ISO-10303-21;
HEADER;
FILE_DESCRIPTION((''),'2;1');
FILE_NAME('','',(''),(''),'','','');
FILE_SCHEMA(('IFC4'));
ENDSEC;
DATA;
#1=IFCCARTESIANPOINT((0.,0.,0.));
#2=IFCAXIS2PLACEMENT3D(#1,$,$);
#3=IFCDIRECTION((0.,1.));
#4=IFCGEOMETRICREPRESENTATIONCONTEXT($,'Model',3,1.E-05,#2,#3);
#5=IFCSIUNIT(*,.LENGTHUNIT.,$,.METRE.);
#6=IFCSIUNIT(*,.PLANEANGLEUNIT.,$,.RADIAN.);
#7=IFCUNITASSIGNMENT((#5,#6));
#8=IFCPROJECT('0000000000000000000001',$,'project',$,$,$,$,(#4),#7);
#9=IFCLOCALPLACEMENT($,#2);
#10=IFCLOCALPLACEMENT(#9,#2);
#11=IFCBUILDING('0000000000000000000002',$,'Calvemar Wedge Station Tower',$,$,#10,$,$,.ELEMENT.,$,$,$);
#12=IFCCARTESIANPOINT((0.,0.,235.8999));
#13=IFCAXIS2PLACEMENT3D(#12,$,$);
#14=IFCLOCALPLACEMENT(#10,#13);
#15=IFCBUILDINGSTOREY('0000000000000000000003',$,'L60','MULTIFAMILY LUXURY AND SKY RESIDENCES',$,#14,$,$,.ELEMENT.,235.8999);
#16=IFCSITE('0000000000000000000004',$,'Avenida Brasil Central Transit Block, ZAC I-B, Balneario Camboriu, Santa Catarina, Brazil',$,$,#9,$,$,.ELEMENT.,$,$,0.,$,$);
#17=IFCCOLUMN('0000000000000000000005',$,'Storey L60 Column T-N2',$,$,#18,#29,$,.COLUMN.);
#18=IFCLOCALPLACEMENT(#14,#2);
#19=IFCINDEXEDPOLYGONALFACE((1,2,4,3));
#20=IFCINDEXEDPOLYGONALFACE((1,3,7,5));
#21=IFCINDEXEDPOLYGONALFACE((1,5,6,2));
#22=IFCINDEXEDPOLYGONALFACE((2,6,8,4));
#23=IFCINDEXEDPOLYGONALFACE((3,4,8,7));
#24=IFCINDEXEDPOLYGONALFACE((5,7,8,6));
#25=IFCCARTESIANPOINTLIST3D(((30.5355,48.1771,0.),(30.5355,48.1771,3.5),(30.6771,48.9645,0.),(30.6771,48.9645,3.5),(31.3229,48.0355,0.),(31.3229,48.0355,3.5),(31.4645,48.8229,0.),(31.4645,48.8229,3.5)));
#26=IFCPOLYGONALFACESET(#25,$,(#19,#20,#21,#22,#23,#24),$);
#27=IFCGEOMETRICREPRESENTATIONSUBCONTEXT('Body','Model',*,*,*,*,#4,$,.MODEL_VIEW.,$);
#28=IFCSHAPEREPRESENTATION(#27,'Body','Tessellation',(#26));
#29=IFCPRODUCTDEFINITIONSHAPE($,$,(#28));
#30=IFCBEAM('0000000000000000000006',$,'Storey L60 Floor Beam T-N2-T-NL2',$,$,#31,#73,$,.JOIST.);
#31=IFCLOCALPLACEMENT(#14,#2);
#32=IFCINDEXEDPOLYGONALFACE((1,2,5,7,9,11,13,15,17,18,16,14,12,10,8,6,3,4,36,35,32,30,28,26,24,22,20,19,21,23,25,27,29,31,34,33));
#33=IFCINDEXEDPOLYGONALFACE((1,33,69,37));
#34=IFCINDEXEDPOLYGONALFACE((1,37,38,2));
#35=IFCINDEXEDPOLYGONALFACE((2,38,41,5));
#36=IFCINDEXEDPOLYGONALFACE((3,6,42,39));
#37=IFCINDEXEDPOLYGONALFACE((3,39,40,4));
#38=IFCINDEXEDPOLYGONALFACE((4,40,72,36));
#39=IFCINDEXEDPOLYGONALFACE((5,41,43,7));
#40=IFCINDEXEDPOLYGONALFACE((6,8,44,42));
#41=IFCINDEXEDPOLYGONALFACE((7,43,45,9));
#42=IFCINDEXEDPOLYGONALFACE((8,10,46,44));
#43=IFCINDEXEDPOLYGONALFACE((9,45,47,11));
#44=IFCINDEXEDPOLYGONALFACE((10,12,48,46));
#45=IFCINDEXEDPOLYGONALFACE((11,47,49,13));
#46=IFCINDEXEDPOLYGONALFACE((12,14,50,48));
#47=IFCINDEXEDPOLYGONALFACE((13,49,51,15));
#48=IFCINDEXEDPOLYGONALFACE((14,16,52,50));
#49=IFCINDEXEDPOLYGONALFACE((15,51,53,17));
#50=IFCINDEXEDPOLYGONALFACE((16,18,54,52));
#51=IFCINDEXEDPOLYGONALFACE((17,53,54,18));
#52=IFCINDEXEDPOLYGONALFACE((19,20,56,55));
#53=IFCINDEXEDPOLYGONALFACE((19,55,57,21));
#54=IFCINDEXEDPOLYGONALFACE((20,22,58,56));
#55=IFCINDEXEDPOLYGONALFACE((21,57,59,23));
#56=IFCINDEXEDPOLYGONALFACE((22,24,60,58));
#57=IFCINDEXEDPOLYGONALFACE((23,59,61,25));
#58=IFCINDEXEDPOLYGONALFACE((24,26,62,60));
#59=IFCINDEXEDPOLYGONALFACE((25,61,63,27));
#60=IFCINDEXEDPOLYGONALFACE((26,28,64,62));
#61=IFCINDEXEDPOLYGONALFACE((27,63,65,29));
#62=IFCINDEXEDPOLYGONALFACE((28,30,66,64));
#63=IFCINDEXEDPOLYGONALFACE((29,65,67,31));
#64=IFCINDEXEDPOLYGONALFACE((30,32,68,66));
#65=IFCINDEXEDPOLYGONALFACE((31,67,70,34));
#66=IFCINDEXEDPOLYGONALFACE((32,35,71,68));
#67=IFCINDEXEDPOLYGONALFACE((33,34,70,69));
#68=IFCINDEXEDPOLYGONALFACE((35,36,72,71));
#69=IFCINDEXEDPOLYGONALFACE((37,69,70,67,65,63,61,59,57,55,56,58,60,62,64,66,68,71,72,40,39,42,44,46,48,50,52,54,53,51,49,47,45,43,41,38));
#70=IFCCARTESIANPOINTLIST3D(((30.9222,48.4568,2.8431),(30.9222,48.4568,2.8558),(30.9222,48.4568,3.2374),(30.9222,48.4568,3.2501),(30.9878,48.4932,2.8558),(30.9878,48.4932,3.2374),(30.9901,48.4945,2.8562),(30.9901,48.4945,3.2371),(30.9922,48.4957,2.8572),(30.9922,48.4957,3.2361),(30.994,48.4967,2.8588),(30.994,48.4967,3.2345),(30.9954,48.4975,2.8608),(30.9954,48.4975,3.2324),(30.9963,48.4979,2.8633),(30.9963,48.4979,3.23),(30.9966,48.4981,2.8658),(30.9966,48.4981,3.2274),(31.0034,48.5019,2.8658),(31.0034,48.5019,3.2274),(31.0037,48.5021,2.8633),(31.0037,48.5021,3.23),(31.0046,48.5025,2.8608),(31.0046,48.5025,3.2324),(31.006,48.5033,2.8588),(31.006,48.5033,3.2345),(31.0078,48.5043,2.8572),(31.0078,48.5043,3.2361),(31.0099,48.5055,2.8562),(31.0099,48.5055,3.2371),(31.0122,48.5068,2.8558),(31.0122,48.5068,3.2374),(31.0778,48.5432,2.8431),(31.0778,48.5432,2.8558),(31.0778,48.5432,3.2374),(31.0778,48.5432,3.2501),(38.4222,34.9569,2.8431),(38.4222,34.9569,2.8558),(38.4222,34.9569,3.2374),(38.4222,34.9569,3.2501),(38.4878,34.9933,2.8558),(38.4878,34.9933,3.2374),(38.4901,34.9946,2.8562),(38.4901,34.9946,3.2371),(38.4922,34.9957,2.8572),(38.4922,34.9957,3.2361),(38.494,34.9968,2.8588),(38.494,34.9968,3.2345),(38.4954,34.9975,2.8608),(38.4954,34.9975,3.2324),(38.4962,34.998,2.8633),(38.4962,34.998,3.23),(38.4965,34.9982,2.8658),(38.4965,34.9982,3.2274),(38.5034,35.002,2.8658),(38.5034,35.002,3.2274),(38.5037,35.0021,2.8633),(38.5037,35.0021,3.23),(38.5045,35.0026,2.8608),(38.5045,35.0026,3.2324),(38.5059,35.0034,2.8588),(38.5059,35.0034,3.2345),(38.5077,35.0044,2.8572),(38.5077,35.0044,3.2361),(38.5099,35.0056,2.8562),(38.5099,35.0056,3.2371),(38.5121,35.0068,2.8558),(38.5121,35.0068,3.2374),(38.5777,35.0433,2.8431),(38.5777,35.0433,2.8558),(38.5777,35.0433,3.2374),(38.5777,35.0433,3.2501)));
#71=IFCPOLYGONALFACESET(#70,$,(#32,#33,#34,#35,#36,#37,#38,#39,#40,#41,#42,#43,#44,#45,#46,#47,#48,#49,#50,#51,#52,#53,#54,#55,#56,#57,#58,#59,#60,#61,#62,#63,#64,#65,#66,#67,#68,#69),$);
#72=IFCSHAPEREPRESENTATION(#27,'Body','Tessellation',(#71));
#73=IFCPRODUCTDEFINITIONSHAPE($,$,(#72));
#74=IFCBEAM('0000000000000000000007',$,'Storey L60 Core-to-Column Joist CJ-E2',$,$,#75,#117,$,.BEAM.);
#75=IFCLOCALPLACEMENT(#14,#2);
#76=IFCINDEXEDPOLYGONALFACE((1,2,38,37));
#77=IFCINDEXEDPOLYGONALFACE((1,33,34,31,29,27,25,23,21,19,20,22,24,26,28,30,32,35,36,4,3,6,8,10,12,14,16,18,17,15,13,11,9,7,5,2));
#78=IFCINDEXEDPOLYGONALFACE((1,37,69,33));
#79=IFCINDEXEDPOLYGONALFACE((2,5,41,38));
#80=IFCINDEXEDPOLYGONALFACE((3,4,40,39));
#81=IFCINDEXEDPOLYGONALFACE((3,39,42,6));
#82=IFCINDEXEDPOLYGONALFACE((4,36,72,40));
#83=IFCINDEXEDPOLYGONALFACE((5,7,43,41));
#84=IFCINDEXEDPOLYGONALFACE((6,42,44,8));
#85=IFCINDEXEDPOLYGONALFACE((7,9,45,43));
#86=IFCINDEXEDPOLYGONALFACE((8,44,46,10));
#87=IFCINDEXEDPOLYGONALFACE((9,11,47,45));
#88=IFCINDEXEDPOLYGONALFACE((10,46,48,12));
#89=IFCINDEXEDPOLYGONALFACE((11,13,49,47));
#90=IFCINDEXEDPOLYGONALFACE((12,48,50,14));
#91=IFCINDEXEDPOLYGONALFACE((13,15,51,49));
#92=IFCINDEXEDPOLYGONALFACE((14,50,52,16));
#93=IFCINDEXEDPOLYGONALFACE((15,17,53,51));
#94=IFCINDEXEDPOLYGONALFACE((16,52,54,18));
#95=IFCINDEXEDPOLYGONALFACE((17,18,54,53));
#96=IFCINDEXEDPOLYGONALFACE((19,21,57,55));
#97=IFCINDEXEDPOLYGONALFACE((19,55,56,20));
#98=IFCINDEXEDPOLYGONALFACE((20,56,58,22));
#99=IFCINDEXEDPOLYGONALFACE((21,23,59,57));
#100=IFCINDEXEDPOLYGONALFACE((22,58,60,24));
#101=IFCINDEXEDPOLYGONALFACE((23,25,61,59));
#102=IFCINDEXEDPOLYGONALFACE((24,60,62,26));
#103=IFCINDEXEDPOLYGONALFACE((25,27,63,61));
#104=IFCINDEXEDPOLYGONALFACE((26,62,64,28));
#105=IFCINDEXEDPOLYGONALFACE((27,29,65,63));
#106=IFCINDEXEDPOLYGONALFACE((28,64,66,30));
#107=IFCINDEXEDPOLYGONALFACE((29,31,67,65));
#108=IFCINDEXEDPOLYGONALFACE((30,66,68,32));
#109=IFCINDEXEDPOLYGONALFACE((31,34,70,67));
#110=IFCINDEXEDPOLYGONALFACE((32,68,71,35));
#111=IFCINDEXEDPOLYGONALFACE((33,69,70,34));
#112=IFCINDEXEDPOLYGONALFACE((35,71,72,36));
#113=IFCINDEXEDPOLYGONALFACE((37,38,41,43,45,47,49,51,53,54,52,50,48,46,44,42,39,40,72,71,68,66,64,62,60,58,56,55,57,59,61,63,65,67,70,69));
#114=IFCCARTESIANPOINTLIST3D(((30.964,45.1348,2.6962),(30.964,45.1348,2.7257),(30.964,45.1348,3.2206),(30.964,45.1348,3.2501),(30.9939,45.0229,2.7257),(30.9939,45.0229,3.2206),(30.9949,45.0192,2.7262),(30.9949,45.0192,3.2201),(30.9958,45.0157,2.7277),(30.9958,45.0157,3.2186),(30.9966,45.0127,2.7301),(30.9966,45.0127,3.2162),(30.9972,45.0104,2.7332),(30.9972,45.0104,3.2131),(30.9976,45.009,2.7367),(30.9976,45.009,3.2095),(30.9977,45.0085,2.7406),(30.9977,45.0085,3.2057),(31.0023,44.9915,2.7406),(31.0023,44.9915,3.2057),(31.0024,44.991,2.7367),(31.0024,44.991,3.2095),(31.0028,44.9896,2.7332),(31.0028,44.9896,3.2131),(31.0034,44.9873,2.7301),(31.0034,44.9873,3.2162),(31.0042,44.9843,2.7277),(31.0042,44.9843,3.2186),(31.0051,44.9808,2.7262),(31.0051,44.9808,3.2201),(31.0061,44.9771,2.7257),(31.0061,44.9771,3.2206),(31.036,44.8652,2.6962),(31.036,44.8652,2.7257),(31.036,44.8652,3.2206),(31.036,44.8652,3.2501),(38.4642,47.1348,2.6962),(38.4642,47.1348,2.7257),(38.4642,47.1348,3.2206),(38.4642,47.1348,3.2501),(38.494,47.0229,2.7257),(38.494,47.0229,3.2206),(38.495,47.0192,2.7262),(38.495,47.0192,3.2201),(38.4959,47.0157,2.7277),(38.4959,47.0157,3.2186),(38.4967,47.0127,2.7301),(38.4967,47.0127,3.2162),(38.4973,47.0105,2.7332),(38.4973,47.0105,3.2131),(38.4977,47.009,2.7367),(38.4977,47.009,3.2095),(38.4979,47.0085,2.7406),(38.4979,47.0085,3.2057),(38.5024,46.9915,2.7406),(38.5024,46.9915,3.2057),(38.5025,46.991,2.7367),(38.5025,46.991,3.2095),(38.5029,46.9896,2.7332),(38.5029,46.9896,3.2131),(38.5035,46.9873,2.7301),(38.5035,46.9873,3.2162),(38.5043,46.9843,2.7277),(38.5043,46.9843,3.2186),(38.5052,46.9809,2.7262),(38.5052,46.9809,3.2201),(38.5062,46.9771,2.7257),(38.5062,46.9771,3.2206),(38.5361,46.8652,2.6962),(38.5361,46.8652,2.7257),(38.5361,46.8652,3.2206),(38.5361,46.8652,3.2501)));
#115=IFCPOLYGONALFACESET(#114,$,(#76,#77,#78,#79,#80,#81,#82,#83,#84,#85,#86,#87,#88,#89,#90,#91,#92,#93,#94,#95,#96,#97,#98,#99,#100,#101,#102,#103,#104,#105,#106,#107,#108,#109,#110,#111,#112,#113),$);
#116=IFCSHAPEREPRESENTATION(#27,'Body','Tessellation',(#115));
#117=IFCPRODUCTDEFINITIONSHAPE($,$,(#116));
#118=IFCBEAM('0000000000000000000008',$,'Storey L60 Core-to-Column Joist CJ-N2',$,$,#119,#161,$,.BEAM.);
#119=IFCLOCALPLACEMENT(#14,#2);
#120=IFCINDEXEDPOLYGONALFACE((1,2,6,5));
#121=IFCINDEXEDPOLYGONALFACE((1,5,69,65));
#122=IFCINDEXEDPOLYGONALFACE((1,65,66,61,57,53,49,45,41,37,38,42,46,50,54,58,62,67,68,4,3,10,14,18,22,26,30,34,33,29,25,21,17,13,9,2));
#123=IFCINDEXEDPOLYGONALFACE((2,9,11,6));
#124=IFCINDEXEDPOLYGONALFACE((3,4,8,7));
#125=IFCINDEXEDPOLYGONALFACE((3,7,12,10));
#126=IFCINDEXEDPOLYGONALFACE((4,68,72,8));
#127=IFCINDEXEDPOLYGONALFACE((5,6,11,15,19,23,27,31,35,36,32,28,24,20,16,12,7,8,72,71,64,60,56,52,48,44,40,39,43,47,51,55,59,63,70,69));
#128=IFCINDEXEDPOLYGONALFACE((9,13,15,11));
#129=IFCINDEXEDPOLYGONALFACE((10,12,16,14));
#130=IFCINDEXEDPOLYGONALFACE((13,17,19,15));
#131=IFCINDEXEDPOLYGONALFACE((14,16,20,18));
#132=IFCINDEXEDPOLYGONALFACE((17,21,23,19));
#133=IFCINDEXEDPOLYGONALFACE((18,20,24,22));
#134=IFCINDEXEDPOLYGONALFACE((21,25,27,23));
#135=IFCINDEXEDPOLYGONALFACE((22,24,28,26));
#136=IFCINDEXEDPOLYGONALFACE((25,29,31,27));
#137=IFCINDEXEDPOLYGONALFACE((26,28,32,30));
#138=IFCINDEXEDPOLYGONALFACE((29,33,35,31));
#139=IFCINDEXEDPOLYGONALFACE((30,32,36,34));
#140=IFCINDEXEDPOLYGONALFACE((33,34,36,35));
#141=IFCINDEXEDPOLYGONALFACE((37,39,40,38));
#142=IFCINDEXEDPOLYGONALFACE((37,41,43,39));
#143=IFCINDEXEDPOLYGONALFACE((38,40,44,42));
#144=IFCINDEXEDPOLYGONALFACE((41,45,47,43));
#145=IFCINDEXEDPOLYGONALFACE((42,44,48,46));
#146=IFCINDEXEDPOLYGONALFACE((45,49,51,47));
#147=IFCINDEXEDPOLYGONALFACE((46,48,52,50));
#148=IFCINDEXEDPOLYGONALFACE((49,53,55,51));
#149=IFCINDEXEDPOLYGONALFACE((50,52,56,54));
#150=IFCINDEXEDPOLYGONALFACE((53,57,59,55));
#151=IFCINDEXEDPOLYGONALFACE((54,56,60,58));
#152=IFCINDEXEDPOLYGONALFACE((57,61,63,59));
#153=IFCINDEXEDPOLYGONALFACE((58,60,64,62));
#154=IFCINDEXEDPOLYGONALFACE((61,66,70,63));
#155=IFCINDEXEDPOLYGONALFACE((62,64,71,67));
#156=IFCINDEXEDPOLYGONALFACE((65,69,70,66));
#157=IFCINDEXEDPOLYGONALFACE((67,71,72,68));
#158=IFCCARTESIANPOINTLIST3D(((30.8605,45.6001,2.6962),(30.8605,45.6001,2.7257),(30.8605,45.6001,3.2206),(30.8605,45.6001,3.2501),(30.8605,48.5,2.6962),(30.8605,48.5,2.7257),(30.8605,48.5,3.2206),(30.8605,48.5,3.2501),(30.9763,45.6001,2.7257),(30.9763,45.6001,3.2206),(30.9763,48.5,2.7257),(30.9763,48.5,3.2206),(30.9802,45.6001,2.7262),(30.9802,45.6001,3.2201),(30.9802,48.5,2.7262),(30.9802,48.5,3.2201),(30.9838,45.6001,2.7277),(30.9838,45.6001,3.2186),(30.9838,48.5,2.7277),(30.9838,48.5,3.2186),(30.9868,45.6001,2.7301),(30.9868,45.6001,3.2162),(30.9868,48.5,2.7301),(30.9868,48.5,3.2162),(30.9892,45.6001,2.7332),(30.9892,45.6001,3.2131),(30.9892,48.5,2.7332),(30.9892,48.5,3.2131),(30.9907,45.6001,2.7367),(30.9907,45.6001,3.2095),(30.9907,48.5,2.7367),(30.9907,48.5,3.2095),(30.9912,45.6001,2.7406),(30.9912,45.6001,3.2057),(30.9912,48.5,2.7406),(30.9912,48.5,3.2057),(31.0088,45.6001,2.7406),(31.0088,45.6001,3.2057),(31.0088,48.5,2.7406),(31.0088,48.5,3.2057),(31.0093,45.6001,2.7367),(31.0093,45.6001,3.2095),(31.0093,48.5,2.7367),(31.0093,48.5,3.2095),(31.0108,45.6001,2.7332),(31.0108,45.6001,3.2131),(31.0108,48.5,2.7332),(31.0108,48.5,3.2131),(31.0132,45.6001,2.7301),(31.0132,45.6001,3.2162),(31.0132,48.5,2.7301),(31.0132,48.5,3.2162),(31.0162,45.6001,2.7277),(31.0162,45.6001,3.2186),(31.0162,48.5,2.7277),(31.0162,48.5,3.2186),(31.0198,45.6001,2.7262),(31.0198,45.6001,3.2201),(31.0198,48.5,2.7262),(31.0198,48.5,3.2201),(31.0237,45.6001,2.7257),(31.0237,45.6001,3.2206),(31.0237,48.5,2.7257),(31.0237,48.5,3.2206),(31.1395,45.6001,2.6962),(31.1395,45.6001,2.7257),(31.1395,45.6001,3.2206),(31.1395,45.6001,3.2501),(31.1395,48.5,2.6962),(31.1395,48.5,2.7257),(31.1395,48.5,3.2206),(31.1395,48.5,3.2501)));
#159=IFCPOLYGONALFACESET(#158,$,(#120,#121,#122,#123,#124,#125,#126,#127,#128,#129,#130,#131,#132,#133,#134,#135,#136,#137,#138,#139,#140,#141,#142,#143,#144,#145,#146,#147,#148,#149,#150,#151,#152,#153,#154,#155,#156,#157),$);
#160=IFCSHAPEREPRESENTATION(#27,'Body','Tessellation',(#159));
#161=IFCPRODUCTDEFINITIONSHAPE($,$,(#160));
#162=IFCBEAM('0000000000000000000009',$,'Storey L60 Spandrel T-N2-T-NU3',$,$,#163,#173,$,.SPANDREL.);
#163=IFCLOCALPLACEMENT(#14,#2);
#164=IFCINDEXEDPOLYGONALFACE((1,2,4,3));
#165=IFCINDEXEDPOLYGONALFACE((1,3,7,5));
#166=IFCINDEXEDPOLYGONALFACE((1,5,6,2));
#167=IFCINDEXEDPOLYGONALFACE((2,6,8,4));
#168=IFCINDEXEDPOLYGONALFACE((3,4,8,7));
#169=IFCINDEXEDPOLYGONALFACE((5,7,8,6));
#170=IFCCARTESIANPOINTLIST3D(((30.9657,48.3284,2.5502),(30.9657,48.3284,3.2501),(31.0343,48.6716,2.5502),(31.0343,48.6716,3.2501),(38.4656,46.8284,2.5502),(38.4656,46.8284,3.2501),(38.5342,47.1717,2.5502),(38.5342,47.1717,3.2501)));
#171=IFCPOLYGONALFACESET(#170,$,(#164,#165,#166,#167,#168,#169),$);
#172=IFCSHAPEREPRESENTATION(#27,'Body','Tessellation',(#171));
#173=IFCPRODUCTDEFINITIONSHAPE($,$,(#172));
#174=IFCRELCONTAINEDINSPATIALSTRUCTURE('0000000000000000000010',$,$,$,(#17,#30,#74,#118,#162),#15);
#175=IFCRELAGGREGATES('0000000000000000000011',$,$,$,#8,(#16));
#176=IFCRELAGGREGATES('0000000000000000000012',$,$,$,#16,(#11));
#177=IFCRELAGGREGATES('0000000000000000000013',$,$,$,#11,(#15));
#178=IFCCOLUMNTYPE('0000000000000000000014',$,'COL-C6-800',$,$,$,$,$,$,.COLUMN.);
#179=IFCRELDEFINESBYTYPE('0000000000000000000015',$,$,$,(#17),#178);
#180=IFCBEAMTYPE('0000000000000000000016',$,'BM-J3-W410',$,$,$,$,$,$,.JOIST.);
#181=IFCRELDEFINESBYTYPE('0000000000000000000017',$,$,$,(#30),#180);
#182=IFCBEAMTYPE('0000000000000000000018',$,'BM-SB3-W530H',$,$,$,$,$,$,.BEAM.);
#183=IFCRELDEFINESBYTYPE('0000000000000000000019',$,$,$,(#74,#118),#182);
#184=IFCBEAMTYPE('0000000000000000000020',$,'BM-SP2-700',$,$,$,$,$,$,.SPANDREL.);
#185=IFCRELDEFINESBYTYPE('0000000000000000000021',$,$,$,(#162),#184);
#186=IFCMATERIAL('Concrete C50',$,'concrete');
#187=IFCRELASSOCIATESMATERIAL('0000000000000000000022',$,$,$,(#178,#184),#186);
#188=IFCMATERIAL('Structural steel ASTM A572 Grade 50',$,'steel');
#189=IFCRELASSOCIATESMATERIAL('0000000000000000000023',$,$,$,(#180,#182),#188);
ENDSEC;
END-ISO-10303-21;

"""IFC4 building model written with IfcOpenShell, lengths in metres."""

from ifc_helpers import new_model, si_unit, direction, frame, origin, origin_2d, place, context, subcontext, project, spatial, rectangle, i_section, extrude, source, transform, mapped, material, material_profile, profile_set, type_object, element, save


model = new_model("IFC4")

# Units and contexts
model_context = context("Model", 3, precision=1e-05, world=origin(), true_north=direction((0.0, 1.0)))
body_context = subcontext(model_context, "Body", "Model", "MODEL_VIEW")
ifc_project = project(units=[si_unit("LENGTHUNIT", "METRE"), si_unit("PLANEANGLEUNIT", "RADIAN")], contexts=[model_context])

# Site, building, storey
site_placement = place(None, origin())
site = spatial("IfcSite", under=ifc_project, at=site_placement, Name="Avenida Brasil Central Transit Block, ZAC I-B, Balneario Camboriu, Santa Catarina, Brazil", CompositionType="ELEMENT", RefElevation=0.0)
building_placement = place(site_placement, origin())
building = spatial("IfcBuilding", under=site, at=building_placement, Name="Calvemar Wedge Station Tower", CompositionType="ELEMENT")
storey_placement = place(building_placement, frame((0.0, 0.0, 235.8999)))
storey = spatial("IfcBuildingStorey", under=building, at=storey_placement, Name="L60", Description="MULTIFAMILY LUXURY AND SKY RESIDENCES", CompositionType="ELEMENT", Elevation=235.8999)

# Column
ifc_material_1 = material(Name="Concrete C50", Category="concrete")
ifc_material_profile_1 = material_profile(ifc_material_1, rectangle(XDim=0.8, YDim=0.8, at=origin_2d()), Name="RC800x800")
ifc_profile_set_1 = profile_set([ifc_material_profile_1], Name="Concrete C50")
column_type = type_object("IfcColumnType", Name="COL-C6-800", PredefinedType="COLUMN", material=ifc_profile_set_1)
shared_shape_1 = source(origin(), body_context, "Body", "SweptSolid", [
    extrude(rectangle(XDim=0.8, YDim=0.8, at=origin_2d()), origin(), (0.0, 0.0, 1.0), 3.5),
])
column_placement = place(storey_placement, frame((31.0, 48.5, 0.0), z_axis=(0.0, 0.0, 1.0), x_axis=(0.984196, -0.177085, 0.0)))
element("IfcColumn", 1, at=column_placement, inside=storey, type_object=column_type, Name="Storey L60 Column T-N2", PredefinedType="COLUMN", context=body_context, shape_type="MappedRepresentation", body=[
    mapped(shared_shape_1, transform((0.0, 0.0, 0.0), scale=1.0)),
])

# Beams
ifc_material_2 = material(Name="Structural steel ASTM A572 Grade 50", Category="steel")
ifc_material_profile_2 = material_profile(ifc_material_2, i_section(OverallWidth=0.178, OverallDepth=0.407, WebThickness=0.0078, FlangeThickness=0.0127, FilletRadius=0.01, at=origin_2d()), Name="W410x60")
ifc_profile_set_2 = profile_set([ifc_material_profile_2], Name="Structural steel ASTM A572 Grade 50")
beam_type_1 = type_object("IfcBeamType", Name="BM-J3-W410", PredefinedType="JOIST", material=ifc_profile_set_2)
shared_shape_2 = source(origin(), body_context, "Body", "SweptSolid", [
    extrude(i_section(OverallWidth=0.178, OverallDepth=0.407, WebThickness=0.0078, FlangeThickness=0.0127, FilletRadius=0.01, at=origin_2d()), origin(), (0.0, 0.0, 1.0), 15.4434),
])
beam_1_placement = place(storey_placement, frame((31.0, 48.5, 3.0466), z_axis=(0.485643, -0.874157, 0.0), x_axis=(0.874157, 0.485643, 0.0)))
element("IfcBeam", 2, at=beam_1_placement, inside=storey, type_object=beam_type_1, Name="Storey L60 Floor Beam T-N2-T-NL2", PredefinedType="JOIST", context=body_context, shape_type="MappedRepresentation", body=[
    mapped(shared_shape_2, transform((0.0, 0.0, 0.0), scale=1.0)),
])
ifc_material_profile_3 = material_profile(ifc_material_2, i_section(OverallWidth=0.2791, OverallDepth=0.554, WebThickness=0.0176, FlangeThickness=0.0295, FilletRadius=0.0149, at=origin_2d()), Name="W530x196")
ifc_profile_set_3 = profile_set([ifc_material_profile_3], Name="Structural steel ASTM A572 Grade 50")
beam_type_2 = type_object("IfcBeamType", Name="BM-SB3-W530H", PredefinedType="BEAM", material=ifc_profile_set_3)
shared_shape_3 = source(origin(), body_context, "Body", "SweptSolid", [
    extrude(i_section(OverallWidth=0.2791, OverallDepth=0.554, WebThickness=0.0176, FlangeThickness=0.0295, FilletRadius=0.0149, at=origin_2d()), origin(), (0.0, 0.0, 1.0), 7.7622),
])
beam_2_placement = place(storey_placement, frame((31.0, 45.0, 2.9731), z_axis=(0.966235, 0.257663, 0.0), x_axis=(-0.257663, 0.966235, 0.0)))
element("IfcBeam", 3, at=beam_2_placement, inside=storey, type_object=beam_type_2, Name="Storey L60 Core-to-Column Joist CJ-E2", PredefinedType="BEAM", context=body_context, shape_type="MappedRepresentation", body=[
    mapped(shared_shape_3, transform((0.0, 0.0, 0.0), scale=1.0)),
])
shared_shape_4 = source(origin(), body_context, "Body", "SweptSolid", [
    extrude(i_section(OverallWidth=0.2791, OverallDepth=0.554, WebThickness=0.0176, FlangeThickness=0.0295, FilletRadius=0.0149, at=origin_2d()), origin(), (0.0, 0.0, 1.0), 2.8999),
])
beam_3_placement = place(storey_placement, frame((31.0, 45.6001, 2.9731), z_axis=(0.0, 1.0, 0.0), x_axis=(-1.0, 0.0, 0.0)))
element("IfcBeam", 4, at=beam_3_placement, inside=storey, type_object=beam_type_2, Name="Storey L60 Core-to-Column Joist CJ-N2", PredefinedType="BEAM", context=body_context, shape_type="MappedRepresentation", body=[
    mapped(shared_shape_4, transform((0.0, 0.0, 0.0), scale=1.0)),
])
ifc_material_profile_4 = material_profile(ifc_material_1, rectangle(XDim=0.3501, YDim=0.7, at=origin_2d()), Name="RC350x700")
ifc_profile_set_4 = profile_set([ifc_material_profile_4], Name="Concrete C50")
beam_type_3 = type_object("IfcBeamType", Name="BM-SP2-700", PredefinedType="SPANDREL", material=ifc_profile_set_4)
shared_shape_5 = source(origin(), body_context, "Body", "SweptSolid", [
    extrude(rectangle(XDim=0.3501, YDim=0.7, at=origin_2d()), origin(), (0.0, 0.0, 1.0), 7.6484),
])
beam_4_placement = place(storey_placement, frame((31.0, 48.5, 2.9001), z_axis=(0.980581, -0.196116, 0.0), x_axis=(0.196116, 0.980581, 0.0)))
element("IfcBeam", 5, at=beam_4_placement, inside=storey, type_object=beam_type_3, Name="Storey L60 Spandrel T-N2-T-NU3", PredefinedType="SPANDREL", context=body_context, shape_type="MappedRepresentation", body=[
    mapped(shared_shape_5, transform((0.0, 0.0, 0.0), scale=1.0)),
])

save(model, "model.ifc")
